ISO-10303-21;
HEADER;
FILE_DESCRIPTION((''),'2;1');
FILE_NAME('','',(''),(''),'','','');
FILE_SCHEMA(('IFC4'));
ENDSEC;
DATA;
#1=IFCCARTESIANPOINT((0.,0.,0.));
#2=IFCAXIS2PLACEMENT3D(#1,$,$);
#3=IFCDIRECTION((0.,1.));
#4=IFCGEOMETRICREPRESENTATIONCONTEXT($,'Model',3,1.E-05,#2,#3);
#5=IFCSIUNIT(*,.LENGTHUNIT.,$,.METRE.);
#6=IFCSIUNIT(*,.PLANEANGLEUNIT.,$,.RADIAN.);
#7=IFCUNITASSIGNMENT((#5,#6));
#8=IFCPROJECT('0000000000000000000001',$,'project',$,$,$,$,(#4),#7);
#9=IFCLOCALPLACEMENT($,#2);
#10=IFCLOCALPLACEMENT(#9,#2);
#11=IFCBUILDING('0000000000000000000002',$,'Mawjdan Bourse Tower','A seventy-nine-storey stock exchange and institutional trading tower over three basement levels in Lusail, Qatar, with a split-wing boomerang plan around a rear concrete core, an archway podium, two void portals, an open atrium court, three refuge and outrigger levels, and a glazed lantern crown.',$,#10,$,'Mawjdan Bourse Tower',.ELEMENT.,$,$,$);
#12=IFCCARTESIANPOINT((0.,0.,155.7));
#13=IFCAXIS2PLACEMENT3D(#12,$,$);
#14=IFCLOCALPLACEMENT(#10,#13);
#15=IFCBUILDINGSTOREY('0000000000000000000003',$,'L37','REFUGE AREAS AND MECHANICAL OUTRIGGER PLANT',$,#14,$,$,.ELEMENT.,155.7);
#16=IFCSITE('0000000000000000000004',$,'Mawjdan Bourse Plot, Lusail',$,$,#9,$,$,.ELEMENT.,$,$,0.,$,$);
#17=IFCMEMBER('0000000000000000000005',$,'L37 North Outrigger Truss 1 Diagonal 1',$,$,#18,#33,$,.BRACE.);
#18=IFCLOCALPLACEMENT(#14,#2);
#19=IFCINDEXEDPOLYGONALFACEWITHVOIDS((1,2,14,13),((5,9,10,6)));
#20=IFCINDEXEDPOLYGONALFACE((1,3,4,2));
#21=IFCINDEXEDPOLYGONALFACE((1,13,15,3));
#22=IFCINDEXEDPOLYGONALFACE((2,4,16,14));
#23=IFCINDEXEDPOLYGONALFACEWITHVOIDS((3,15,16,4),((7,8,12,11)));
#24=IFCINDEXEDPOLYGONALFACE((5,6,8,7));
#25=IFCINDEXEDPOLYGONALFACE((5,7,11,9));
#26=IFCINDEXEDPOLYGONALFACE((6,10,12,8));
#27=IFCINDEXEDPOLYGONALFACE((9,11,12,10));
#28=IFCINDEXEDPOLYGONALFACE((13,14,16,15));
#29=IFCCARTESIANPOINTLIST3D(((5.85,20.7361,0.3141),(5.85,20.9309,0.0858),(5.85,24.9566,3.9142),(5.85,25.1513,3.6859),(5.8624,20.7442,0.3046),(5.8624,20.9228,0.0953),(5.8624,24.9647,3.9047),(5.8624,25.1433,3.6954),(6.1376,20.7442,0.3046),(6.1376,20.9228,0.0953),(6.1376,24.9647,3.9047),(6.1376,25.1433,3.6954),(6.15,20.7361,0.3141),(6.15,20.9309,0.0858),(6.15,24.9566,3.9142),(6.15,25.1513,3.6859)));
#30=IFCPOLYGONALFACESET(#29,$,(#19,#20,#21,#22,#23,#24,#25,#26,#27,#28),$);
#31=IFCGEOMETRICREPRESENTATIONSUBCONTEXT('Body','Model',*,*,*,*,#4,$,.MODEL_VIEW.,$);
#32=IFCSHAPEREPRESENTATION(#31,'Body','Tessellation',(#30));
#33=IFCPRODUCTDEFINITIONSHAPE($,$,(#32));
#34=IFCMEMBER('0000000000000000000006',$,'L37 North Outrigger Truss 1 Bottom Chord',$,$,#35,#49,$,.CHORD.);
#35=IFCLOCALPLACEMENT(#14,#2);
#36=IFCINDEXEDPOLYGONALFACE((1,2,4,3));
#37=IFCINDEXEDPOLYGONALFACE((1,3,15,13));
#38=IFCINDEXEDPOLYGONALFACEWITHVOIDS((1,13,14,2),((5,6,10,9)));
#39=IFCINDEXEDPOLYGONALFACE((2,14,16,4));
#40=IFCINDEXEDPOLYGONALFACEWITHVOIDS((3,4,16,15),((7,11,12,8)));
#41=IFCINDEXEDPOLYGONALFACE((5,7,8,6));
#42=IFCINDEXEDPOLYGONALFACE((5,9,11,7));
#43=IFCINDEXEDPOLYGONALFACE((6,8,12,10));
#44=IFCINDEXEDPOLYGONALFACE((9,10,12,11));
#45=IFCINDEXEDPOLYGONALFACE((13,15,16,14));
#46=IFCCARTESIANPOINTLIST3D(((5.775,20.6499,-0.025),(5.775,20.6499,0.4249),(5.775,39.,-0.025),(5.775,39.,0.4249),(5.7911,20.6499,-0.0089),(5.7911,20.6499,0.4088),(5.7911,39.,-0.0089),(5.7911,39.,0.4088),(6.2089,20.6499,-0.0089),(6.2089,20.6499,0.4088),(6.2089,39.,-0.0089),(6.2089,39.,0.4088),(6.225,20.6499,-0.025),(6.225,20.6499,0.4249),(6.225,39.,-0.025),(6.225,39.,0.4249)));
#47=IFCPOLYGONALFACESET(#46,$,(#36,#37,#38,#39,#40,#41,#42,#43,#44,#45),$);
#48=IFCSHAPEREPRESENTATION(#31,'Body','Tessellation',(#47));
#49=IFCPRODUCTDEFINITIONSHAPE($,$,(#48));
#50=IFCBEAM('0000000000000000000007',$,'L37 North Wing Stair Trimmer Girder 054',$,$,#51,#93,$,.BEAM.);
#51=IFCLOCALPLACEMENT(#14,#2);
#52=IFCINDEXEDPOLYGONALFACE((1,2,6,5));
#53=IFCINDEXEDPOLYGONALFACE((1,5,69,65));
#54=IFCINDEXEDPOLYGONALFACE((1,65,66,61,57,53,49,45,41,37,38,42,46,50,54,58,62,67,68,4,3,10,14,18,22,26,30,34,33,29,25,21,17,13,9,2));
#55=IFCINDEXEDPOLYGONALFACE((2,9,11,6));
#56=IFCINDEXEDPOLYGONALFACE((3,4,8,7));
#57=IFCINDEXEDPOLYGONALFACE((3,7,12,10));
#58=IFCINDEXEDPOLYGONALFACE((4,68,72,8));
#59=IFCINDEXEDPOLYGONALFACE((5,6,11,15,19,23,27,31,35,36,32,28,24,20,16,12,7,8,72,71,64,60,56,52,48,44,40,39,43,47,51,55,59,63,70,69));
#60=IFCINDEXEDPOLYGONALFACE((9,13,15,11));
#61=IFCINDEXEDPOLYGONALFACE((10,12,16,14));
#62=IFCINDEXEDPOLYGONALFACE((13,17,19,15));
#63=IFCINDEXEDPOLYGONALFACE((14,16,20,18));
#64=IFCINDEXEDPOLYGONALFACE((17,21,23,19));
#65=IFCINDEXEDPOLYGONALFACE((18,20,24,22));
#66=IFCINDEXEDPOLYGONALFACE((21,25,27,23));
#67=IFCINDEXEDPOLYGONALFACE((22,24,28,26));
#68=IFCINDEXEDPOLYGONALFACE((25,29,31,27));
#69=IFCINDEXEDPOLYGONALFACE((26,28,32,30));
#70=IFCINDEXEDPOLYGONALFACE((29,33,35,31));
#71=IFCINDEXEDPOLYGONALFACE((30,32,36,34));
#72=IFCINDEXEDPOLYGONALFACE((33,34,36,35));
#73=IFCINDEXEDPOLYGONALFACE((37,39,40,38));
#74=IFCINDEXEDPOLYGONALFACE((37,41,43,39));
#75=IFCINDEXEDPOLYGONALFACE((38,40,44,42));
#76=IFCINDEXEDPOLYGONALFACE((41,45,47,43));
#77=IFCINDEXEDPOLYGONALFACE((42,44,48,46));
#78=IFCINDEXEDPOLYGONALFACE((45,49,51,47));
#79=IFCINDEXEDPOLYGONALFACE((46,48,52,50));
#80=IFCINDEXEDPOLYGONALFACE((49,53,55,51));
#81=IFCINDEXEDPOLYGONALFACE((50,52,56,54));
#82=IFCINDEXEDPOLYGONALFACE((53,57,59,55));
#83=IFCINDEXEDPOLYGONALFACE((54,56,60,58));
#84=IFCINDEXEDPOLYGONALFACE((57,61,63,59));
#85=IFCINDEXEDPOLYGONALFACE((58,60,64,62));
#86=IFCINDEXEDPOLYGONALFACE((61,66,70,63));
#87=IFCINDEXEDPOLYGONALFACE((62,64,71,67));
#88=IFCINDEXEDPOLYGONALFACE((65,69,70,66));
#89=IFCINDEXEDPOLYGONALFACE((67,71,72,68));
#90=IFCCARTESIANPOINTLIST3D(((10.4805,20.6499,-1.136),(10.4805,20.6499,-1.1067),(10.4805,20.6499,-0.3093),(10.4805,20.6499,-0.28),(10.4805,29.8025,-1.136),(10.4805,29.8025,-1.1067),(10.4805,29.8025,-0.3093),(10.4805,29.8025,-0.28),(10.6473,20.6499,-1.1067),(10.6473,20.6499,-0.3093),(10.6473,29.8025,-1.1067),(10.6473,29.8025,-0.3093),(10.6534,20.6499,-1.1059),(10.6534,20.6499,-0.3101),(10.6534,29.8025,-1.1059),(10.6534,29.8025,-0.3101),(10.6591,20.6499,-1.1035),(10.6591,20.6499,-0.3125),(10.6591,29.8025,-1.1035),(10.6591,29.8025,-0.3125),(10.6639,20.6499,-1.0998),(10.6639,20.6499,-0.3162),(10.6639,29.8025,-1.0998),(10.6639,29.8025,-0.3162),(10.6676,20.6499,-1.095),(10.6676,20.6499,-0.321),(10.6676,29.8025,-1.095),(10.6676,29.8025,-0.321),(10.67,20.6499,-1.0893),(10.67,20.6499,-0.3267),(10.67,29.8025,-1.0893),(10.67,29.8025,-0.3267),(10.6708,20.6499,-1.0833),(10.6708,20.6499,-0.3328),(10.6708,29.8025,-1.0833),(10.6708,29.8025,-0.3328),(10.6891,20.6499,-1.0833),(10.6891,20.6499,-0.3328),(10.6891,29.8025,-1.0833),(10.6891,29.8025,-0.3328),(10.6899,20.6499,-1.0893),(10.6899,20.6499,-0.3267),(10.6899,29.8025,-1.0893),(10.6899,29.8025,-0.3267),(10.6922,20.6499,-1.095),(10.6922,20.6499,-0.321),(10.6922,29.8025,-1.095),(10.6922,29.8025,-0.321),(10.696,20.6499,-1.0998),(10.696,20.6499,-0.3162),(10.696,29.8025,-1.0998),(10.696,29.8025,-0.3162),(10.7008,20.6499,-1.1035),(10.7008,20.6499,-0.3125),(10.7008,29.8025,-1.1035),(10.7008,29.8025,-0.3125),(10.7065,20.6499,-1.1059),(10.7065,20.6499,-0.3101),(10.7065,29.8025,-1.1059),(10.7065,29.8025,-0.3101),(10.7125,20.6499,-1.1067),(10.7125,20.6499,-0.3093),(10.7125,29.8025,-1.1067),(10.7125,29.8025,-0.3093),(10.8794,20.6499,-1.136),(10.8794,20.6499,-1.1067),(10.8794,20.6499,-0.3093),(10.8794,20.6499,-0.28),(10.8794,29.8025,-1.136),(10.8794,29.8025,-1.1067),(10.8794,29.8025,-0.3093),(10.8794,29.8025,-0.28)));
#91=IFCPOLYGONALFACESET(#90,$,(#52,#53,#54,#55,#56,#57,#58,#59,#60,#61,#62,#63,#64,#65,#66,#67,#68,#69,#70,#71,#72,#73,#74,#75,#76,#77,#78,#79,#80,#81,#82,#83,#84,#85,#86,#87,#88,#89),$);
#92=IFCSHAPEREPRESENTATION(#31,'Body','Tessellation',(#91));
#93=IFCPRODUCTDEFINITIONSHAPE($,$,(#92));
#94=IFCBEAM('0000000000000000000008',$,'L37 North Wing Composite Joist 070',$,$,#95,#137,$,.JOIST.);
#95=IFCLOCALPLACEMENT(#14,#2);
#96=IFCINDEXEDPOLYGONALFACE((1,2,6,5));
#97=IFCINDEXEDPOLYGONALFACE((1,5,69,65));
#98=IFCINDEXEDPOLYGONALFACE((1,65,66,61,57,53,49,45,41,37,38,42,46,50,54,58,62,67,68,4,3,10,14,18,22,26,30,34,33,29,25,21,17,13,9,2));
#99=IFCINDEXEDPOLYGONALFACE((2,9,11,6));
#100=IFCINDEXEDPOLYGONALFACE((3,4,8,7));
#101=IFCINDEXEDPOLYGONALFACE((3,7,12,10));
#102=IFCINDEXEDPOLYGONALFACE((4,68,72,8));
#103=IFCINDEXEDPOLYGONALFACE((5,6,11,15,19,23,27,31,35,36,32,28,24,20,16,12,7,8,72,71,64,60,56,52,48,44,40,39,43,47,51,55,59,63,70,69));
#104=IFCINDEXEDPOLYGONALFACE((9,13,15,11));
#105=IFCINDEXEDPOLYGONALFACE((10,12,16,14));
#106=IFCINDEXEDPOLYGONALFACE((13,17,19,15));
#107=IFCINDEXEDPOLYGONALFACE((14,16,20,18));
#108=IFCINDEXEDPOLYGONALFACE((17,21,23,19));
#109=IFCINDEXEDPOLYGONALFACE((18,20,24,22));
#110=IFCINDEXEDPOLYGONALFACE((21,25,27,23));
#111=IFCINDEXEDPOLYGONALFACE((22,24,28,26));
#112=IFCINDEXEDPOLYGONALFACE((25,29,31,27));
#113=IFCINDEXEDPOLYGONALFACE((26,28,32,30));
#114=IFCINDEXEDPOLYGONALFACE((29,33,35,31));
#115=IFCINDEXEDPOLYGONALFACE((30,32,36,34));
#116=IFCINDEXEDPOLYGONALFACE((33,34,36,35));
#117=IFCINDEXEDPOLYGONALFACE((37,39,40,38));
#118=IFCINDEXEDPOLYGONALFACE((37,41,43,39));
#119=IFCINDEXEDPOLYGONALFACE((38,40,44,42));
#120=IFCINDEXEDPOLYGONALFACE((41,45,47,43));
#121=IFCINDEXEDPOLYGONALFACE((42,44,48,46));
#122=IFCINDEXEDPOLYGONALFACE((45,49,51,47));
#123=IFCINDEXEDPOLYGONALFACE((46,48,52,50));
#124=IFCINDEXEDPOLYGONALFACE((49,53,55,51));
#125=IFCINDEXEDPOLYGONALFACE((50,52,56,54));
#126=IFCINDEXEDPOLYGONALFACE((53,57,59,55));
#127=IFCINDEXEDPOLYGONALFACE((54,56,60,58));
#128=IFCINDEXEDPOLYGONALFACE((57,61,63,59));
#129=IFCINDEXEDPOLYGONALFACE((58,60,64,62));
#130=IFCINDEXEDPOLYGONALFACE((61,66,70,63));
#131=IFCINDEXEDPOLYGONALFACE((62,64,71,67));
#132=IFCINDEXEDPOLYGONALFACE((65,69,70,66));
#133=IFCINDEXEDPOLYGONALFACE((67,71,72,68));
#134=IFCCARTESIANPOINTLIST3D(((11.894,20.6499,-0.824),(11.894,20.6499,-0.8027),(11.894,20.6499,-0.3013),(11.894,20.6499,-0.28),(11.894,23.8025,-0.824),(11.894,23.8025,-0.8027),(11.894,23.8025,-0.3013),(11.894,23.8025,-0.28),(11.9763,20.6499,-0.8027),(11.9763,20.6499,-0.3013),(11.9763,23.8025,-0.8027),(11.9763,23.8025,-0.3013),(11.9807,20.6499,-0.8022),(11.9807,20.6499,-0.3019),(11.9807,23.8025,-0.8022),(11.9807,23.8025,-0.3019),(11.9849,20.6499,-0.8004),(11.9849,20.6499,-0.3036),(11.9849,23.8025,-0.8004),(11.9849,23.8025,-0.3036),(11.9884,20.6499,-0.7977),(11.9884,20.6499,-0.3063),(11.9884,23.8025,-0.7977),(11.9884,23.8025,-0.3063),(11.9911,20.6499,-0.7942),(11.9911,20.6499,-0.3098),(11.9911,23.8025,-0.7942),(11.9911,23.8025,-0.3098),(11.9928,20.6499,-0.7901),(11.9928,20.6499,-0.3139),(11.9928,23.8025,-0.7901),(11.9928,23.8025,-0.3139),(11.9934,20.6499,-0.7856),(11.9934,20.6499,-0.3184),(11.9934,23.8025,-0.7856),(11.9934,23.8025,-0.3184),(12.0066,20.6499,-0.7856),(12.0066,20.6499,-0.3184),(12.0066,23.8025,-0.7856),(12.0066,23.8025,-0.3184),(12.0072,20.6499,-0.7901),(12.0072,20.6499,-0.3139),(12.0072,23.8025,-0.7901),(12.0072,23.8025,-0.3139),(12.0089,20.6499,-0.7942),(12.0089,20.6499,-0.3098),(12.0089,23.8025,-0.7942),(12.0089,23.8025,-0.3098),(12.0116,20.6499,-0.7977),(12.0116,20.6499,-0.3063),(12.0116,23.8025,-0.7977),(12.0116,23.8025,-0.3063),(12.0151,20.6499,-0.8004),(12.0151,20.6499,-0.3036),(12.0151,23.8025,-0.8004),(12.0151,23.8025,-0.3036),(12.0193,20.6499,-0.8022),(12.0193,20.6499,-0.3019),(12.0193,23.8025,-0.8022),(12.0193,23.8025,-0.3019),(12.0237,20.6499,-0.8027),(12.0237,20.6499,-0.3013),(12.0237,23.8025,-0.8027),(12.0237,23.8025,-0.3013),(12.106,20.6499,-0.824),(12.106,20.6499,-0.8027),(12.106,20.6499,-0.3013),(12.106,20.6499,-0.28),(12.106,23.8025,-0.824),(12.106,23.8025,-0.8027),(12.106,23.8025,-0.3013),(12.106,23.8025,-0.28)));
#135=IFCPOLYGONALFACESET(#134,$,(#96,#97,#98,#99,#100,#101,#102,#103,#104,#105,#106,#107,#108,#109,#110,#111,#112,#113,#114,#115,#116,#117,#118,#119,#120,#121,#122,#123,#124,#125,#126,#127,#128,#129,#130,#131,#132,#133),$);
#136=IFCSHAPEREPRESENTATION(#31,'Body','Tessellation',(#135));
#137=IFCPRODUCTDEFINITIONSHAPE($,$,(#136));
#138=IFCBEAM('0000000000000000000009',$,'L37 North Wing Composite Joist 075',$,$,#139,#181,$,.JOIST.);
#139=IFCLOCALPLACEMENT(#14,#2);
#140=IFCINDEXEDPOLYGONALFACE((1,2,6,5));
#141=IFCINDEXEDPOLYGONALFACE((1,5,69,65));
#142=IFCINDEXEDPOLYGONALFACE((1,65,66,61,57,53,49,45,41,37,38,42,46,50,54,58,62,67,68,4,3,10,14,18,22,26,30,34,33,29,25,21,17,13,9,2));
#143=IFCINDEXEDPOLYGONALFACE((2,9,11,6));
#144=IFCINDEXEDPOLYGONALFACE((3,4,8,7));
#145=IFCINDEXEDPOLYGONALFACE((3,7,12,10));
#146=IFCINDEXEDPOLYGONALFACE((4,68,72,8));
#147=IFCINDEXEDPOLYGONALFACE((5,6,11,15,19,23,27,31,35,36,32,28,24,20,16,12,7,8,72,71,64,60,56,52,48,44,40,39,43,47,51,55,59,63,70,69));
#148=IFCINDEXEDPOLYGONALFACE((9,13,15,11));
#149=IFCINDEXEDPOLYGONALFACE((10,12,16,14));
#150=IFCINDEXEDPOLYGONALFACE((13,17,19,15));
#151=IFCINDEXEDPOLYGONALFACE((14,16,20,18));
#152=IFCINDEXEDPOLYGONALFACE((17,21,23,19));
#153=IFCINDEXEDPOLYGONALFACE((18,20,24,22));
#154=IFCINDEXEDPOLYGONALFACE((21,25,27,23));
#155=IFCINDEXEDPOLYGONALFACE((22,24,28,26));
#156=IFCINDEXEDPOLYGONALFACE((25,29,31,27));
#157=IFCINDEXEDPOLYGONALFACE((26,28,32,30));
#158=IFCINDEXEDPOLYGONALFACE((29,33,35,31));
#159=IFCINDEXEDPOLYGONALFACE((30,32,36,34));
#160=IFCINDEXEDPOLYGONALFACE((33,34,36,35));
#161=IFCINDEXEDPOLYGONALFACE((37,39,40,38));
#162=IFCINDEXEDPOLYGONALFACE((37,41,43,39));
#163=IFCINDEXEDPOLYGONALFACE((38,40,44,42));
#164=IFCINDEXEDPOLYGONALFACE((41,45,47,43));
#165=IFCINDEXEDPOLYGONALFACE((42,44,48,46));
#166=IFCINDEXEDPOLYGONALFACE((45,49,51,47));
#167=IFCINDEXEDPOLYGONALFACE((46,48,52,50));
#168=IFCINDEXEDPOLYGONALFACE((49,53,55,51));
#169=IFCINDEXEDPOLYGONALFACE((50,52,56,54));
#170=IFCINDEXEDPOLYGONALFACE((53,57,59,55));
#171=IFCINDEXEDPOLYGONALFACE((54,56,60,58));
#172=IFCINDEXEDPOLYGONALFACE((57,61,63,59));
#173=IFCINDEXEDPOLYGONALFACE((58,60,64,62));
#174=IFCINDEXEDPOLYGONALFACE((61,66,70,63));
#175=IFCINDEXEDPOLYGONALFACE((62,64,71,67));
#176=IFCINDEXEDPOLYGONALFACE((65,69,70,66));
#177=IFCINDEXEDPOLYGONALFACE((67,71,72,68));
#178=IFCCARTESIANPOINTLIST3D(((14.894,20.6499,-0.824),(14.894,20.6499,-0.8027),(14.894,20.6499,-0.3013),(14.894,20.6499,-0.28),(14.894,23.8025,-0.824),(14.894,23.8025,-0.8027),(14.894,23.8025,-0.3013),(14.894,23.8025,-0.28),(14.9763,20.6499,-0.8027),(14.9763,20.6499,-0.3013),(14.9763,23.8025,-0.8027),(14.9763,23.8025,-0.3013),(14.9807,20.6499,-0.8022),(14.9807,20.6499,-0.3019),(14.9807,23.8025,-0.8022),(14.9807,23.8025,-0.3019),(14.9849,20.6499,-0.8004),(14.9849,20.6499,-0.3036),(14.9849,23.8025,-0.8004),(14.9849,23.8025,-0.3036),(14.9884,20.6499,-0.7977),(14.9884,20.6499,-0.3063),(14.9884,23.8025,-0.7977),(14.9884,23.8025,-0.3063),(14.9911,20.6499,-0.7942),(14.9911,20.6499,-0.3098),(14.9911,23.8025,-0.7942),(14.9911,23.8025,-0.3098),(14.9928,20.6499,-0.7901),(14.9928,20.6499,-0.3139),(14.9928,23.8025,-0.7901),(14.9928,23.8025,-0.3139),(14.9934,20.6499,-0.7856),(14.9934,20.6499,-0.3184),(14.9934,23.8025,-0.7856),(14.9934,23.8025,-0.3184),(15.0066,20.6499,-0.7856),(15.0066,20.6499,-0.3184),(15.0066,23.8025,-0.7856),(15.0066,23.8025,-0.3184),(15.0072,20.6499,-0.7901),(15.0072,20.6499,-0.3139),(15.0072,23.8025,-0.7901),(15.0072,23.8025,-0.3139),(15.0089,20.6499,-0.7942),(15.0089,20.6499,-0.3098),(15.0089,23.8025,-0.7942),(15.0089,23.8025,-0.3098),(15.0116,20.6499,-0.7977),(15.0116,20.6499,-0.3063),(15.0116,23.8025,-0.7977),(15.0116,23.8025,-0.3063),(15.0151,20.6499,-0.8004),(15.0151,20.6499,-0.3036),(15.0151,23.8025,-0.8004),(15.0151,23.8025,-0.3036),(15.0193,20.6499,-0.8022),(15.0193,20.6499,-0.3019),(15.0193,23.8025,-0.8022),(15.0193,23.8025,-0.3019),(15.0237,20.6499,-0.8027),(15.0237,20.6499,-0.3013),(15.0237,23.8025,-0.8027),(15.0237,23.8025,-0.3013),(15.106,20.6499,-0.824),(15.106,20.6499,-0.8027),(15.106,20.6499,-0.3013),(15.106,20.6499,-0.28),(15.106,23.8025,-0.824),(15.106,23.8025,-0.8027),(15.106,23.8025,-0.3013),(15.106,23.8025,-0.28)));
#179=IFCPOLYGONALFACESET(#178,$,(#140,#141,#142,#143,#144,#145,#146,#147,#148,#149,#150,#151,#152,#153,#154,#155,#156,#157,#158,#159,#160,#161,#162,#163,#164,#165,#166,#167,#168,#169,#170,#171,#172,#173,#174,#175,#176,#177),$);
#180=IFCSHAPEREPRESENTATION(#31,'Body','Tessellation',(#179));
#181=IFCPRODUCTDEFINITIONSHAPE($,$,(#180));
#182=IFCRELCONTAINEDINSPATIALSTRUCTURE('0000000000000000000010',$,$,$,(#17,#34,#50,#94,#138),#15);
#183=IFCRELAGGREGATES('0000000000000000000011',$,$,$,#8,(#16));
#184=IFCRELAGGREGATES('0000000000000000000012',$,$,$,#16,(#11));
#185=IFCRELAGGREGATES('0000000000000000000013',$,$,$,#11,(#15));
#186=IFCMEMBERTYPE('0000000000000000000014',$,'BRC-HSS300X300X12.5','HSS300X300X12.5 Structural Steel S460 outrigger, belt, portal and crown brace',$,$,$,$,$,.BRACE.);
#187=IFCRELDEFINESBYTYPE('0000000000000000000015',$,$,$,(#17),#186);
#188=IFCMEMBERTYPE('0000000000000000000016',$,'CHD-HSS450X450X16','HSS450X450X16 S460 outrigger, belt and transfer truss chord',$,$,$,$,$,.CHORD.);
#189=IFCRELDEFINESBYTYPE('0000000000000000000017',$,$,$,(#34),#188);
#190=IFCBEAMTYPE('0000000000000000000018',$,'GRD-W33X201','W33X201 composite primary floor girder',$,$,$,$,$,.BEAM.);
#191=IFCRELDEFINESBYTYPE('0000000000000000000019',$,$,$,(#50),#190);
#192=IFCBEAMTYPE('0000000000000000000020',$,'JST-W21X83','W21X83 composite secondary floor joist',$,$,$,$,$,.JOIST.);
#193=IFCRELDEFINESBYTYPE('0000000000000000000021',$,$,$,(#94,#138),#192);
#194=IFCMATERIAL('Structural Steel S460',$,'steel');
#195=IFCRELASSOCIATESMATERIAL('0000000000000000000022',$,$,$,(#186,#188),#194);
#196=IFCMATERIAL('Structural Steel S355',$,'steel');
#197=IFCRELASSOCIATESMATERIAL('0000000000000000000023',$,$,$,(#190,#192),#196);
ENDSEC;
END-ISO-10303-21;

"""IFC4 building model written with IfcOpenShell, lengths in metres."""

from ifc_helpers import new_model, si_unit, direction, frame, origin, origin_2d, place, context, subcontext, project, spatial, hollow_rectangle, i_section, extrude, material, material_profile, profile_set, type_object, element, save


model = new_model("IFC4")

# Units and contexts
model_context = context("Model", 3, precision=1e-05, world=origin(), true_north=direction((0.0, 1.0)))
body_context = subcontext(model_context, "Body", "Model", "MODEL_VIEW")
ifc_project = project(units=[si_unit("LENGTHUNIT", "METRE"), si_unit("PLANEANGLEUNIT", "RADIAN")], contexts=[model_context])

# Site, building, storey
site_placement = place(None, origin())
site = spatial("IfcSite", under=ifc_project, at=site_placement, Name="Mawjdan Bourse Plot, Lusail", CompositionType="ELEMENT", RefElevation=0.0)
building_placement = place(site_placement, origin())
building = spatial("IfcBuilding", under=site, at=building_placement, Name="Mawjdan Bourse Tower", Description="A seventy-nine-storey stock exchange and institutional trading tower over three basement levels in Lusail, Qatar, with a split-wing boomerang plan around a rear concrete core, an archway podium, two void portals, an open atrium court, three refuge and outrigger levels, and a glazed lantern crown.", LongName="Mawjdan Bourse Tower", CompositionType="ELEMENT")
storey_placement = place(building_placement, frame((0.0, 0.0, 155.7)))
storey = spatial("IfcBuildingStorey", under=building, at=storey_placement, Name="L37", Description="REFUGE AREAS AND MECHANICAL OUTRIGGER PLANT", CompositionType="ELEMENT", Elevation=155.7)

# Members
ifc_material_1 = material(Name="Structural Steel S460", Category="steel")
ifc_material_profile_1 = material_profile(ifc_material_1, hollow_rectangle(XDim=0.3, YDim=0.3, WallThickness=0.0125, at=origin_2d()), Name="HSS300X300X12.5")
ifc_profile_set_1 = profile_set([ifc_material_profile_1], Name="Structural Steel S460")
member_type_1 = type_object("IfcMemberType", Name="BRC-HSS300X300X12.5", Description="HSS300X300X12.5 Structural Steel S460 outrigger, belt, portal and crown brace", PredefinedType="BRACE", material=ifc_profile_set_1)
member_1_placement = place(storey_placement, frame((6.0, 20.8335, 0.2), z_axis=(0.0, 0.760808, 0.648977), x_axis=(-1.0, 0.0, 0.0)))
element("IfcMember", 1, at=member_1_placement, inside=storey, type_object=member_type_1, Name="L37 North Outrigger Truss 1 Diagonal 1", PredefinedType="BRACE", context=body_context, shape_type="SweptSolid", body=[
    extrude(hollow_rectangle(XDim=0.3, YDim=0.3, WallThickness=0.0125, at=origin_2d()), origin(), (0.0, 0.0, 1.0), 5.5474),
])
ifc_material_profile_2 = material_profile(ifc_material_1, hollow_rectangle(XDim=0.45, YDim=0.45, WallThickness=0.0161, at=origin_2d()), Name="HSS450X450X16")
ifc_profile_set_2 = profile_set([ifc_material_profile_2], Name="Structural Steel S460")
member_type_2 = type_object("IfcMemberType", Name="CHD-HSS450X450X16", Description="HSS450X450X16 S460 outrigger, belt and transfer truss chord", PredefinedType="CHORD", material=ifc_profile_set_2)
member_2_placement = place(storey_placement, frame((6.0, 20.6499, 0.2), z_axis=(0.0, 1.0, 0.0), x_axis=(-1.0, 0.0, 0.0)))
element("IfcMember", 2, at=member_2_placement, inside=storey, type_object=member_type_2, Name="L37 North Outrigger Truss 1 Bottom Chord", PredefinedType="CHORD", context=body_context, shape_type="SweptSolid", body=[
    extrude(hollow_rectangle(XDim=0.45, YDim=0.45, WallThickness=0.0161, at=origin_2d()), origin(), (0.0, 0.0, 1.0), 18.3501),
])

# Beams
ifc_material_2 = material(Name="Structural Steel S355", Category="steel")
ifc_material_profile_3 = material_profile(ifc_material_2, i_section(OverallWidth=0.3989, OverallDepth=0.856, WebThickness=0.0183, FlangeThickness=0.0293, FilletRadius=0.0234, at=origin_2d()), Name="W33X201")
ifc_profile_set_3 = profile_set([ifc_material_profile_3], Name="Structural Steel S355")
beam_type_1 = type_object("IfcBeamType", Name="GRD-W33X201", Description="W33X201 composite primary floor girder", PredefinedType="BEAM", material=ifc_profile_set_3)
beam_1_placement = place(storey_placement, frame((10.6799, 20.6499, -0.708), z_axis=(0.0, 1.0, 0.0), x_axis=(-1.0, 0.0, 0.0)))
element("IfcBeam", 3, at=beam_1_placement, inside=storey, type_object=beam_type_1, Name="L37 North Wing Stair Trimmer Girder 054", PredefinedType="BEAM", context=body_context, shape_type="SweptSolid", body=[
    extrude(i_section(OverallWidth=0.3989, OverallDepth=0.856, WebThickness=0.0183, FlangeThickness=0.0293, FilletRadius=0.0234, at=origin_2d()), origin(), (0.0, 0.0, 1.0), 9.1526),
])
ifc_material_profile_4 = material_profile(ifc_material_2, i_section(OverallWidth=0.2119, OverallDepth=0.5439, WebThickness=0.0132, FlangeThickness=0.0212, FilletRadius=0.0171, at=origin_2d()), Name="W21X83")
ifc_profile_set_4 = profile_set([ifc_material_profile_4], Name="Structural Steel S355")
beam_type_2 = type_object("IfcBeamType", Name="JST-W21X83", Description="W21X83 composite secondary floor joist", PredefinedType="JOIST", material=ifc_profile_set_4)
for number, where, z_axis, x_axis, name in (
    (4, (12.0, 20.6499, -0.552), (0.0, 1.0, 0.0), (-1.0, 0.0, 0.0), "L37 North Wing Composite Joist 070"),
    (5, (15.0, 20.6499, -0.552), (0.0, 1.0, 0.0), (-1.0, 0.0, 0.0), "L37 North Wing Composite Joist 075"),
):
    element("IfcBeam", number, at=place(storey_placement, frame(where, z_axis=z_axis, x_axis=x_axis)), inside=storey, type_object=beam_type_2, Name=name, PredefinedType="JOIST", context=body_context, shape_type="SweptSolid", body=[
        extrude(i_section(OverallWidth=0.2119, OverallDepth=0.5439, WebThickness=0.0132, FlangeThickness=0.0212, FilletRadius=0.0171, at=origin_2d()), origin(), (0.0, 0.0, 1.0), 3.1526),
    ])

save(model, "model.ifc")
